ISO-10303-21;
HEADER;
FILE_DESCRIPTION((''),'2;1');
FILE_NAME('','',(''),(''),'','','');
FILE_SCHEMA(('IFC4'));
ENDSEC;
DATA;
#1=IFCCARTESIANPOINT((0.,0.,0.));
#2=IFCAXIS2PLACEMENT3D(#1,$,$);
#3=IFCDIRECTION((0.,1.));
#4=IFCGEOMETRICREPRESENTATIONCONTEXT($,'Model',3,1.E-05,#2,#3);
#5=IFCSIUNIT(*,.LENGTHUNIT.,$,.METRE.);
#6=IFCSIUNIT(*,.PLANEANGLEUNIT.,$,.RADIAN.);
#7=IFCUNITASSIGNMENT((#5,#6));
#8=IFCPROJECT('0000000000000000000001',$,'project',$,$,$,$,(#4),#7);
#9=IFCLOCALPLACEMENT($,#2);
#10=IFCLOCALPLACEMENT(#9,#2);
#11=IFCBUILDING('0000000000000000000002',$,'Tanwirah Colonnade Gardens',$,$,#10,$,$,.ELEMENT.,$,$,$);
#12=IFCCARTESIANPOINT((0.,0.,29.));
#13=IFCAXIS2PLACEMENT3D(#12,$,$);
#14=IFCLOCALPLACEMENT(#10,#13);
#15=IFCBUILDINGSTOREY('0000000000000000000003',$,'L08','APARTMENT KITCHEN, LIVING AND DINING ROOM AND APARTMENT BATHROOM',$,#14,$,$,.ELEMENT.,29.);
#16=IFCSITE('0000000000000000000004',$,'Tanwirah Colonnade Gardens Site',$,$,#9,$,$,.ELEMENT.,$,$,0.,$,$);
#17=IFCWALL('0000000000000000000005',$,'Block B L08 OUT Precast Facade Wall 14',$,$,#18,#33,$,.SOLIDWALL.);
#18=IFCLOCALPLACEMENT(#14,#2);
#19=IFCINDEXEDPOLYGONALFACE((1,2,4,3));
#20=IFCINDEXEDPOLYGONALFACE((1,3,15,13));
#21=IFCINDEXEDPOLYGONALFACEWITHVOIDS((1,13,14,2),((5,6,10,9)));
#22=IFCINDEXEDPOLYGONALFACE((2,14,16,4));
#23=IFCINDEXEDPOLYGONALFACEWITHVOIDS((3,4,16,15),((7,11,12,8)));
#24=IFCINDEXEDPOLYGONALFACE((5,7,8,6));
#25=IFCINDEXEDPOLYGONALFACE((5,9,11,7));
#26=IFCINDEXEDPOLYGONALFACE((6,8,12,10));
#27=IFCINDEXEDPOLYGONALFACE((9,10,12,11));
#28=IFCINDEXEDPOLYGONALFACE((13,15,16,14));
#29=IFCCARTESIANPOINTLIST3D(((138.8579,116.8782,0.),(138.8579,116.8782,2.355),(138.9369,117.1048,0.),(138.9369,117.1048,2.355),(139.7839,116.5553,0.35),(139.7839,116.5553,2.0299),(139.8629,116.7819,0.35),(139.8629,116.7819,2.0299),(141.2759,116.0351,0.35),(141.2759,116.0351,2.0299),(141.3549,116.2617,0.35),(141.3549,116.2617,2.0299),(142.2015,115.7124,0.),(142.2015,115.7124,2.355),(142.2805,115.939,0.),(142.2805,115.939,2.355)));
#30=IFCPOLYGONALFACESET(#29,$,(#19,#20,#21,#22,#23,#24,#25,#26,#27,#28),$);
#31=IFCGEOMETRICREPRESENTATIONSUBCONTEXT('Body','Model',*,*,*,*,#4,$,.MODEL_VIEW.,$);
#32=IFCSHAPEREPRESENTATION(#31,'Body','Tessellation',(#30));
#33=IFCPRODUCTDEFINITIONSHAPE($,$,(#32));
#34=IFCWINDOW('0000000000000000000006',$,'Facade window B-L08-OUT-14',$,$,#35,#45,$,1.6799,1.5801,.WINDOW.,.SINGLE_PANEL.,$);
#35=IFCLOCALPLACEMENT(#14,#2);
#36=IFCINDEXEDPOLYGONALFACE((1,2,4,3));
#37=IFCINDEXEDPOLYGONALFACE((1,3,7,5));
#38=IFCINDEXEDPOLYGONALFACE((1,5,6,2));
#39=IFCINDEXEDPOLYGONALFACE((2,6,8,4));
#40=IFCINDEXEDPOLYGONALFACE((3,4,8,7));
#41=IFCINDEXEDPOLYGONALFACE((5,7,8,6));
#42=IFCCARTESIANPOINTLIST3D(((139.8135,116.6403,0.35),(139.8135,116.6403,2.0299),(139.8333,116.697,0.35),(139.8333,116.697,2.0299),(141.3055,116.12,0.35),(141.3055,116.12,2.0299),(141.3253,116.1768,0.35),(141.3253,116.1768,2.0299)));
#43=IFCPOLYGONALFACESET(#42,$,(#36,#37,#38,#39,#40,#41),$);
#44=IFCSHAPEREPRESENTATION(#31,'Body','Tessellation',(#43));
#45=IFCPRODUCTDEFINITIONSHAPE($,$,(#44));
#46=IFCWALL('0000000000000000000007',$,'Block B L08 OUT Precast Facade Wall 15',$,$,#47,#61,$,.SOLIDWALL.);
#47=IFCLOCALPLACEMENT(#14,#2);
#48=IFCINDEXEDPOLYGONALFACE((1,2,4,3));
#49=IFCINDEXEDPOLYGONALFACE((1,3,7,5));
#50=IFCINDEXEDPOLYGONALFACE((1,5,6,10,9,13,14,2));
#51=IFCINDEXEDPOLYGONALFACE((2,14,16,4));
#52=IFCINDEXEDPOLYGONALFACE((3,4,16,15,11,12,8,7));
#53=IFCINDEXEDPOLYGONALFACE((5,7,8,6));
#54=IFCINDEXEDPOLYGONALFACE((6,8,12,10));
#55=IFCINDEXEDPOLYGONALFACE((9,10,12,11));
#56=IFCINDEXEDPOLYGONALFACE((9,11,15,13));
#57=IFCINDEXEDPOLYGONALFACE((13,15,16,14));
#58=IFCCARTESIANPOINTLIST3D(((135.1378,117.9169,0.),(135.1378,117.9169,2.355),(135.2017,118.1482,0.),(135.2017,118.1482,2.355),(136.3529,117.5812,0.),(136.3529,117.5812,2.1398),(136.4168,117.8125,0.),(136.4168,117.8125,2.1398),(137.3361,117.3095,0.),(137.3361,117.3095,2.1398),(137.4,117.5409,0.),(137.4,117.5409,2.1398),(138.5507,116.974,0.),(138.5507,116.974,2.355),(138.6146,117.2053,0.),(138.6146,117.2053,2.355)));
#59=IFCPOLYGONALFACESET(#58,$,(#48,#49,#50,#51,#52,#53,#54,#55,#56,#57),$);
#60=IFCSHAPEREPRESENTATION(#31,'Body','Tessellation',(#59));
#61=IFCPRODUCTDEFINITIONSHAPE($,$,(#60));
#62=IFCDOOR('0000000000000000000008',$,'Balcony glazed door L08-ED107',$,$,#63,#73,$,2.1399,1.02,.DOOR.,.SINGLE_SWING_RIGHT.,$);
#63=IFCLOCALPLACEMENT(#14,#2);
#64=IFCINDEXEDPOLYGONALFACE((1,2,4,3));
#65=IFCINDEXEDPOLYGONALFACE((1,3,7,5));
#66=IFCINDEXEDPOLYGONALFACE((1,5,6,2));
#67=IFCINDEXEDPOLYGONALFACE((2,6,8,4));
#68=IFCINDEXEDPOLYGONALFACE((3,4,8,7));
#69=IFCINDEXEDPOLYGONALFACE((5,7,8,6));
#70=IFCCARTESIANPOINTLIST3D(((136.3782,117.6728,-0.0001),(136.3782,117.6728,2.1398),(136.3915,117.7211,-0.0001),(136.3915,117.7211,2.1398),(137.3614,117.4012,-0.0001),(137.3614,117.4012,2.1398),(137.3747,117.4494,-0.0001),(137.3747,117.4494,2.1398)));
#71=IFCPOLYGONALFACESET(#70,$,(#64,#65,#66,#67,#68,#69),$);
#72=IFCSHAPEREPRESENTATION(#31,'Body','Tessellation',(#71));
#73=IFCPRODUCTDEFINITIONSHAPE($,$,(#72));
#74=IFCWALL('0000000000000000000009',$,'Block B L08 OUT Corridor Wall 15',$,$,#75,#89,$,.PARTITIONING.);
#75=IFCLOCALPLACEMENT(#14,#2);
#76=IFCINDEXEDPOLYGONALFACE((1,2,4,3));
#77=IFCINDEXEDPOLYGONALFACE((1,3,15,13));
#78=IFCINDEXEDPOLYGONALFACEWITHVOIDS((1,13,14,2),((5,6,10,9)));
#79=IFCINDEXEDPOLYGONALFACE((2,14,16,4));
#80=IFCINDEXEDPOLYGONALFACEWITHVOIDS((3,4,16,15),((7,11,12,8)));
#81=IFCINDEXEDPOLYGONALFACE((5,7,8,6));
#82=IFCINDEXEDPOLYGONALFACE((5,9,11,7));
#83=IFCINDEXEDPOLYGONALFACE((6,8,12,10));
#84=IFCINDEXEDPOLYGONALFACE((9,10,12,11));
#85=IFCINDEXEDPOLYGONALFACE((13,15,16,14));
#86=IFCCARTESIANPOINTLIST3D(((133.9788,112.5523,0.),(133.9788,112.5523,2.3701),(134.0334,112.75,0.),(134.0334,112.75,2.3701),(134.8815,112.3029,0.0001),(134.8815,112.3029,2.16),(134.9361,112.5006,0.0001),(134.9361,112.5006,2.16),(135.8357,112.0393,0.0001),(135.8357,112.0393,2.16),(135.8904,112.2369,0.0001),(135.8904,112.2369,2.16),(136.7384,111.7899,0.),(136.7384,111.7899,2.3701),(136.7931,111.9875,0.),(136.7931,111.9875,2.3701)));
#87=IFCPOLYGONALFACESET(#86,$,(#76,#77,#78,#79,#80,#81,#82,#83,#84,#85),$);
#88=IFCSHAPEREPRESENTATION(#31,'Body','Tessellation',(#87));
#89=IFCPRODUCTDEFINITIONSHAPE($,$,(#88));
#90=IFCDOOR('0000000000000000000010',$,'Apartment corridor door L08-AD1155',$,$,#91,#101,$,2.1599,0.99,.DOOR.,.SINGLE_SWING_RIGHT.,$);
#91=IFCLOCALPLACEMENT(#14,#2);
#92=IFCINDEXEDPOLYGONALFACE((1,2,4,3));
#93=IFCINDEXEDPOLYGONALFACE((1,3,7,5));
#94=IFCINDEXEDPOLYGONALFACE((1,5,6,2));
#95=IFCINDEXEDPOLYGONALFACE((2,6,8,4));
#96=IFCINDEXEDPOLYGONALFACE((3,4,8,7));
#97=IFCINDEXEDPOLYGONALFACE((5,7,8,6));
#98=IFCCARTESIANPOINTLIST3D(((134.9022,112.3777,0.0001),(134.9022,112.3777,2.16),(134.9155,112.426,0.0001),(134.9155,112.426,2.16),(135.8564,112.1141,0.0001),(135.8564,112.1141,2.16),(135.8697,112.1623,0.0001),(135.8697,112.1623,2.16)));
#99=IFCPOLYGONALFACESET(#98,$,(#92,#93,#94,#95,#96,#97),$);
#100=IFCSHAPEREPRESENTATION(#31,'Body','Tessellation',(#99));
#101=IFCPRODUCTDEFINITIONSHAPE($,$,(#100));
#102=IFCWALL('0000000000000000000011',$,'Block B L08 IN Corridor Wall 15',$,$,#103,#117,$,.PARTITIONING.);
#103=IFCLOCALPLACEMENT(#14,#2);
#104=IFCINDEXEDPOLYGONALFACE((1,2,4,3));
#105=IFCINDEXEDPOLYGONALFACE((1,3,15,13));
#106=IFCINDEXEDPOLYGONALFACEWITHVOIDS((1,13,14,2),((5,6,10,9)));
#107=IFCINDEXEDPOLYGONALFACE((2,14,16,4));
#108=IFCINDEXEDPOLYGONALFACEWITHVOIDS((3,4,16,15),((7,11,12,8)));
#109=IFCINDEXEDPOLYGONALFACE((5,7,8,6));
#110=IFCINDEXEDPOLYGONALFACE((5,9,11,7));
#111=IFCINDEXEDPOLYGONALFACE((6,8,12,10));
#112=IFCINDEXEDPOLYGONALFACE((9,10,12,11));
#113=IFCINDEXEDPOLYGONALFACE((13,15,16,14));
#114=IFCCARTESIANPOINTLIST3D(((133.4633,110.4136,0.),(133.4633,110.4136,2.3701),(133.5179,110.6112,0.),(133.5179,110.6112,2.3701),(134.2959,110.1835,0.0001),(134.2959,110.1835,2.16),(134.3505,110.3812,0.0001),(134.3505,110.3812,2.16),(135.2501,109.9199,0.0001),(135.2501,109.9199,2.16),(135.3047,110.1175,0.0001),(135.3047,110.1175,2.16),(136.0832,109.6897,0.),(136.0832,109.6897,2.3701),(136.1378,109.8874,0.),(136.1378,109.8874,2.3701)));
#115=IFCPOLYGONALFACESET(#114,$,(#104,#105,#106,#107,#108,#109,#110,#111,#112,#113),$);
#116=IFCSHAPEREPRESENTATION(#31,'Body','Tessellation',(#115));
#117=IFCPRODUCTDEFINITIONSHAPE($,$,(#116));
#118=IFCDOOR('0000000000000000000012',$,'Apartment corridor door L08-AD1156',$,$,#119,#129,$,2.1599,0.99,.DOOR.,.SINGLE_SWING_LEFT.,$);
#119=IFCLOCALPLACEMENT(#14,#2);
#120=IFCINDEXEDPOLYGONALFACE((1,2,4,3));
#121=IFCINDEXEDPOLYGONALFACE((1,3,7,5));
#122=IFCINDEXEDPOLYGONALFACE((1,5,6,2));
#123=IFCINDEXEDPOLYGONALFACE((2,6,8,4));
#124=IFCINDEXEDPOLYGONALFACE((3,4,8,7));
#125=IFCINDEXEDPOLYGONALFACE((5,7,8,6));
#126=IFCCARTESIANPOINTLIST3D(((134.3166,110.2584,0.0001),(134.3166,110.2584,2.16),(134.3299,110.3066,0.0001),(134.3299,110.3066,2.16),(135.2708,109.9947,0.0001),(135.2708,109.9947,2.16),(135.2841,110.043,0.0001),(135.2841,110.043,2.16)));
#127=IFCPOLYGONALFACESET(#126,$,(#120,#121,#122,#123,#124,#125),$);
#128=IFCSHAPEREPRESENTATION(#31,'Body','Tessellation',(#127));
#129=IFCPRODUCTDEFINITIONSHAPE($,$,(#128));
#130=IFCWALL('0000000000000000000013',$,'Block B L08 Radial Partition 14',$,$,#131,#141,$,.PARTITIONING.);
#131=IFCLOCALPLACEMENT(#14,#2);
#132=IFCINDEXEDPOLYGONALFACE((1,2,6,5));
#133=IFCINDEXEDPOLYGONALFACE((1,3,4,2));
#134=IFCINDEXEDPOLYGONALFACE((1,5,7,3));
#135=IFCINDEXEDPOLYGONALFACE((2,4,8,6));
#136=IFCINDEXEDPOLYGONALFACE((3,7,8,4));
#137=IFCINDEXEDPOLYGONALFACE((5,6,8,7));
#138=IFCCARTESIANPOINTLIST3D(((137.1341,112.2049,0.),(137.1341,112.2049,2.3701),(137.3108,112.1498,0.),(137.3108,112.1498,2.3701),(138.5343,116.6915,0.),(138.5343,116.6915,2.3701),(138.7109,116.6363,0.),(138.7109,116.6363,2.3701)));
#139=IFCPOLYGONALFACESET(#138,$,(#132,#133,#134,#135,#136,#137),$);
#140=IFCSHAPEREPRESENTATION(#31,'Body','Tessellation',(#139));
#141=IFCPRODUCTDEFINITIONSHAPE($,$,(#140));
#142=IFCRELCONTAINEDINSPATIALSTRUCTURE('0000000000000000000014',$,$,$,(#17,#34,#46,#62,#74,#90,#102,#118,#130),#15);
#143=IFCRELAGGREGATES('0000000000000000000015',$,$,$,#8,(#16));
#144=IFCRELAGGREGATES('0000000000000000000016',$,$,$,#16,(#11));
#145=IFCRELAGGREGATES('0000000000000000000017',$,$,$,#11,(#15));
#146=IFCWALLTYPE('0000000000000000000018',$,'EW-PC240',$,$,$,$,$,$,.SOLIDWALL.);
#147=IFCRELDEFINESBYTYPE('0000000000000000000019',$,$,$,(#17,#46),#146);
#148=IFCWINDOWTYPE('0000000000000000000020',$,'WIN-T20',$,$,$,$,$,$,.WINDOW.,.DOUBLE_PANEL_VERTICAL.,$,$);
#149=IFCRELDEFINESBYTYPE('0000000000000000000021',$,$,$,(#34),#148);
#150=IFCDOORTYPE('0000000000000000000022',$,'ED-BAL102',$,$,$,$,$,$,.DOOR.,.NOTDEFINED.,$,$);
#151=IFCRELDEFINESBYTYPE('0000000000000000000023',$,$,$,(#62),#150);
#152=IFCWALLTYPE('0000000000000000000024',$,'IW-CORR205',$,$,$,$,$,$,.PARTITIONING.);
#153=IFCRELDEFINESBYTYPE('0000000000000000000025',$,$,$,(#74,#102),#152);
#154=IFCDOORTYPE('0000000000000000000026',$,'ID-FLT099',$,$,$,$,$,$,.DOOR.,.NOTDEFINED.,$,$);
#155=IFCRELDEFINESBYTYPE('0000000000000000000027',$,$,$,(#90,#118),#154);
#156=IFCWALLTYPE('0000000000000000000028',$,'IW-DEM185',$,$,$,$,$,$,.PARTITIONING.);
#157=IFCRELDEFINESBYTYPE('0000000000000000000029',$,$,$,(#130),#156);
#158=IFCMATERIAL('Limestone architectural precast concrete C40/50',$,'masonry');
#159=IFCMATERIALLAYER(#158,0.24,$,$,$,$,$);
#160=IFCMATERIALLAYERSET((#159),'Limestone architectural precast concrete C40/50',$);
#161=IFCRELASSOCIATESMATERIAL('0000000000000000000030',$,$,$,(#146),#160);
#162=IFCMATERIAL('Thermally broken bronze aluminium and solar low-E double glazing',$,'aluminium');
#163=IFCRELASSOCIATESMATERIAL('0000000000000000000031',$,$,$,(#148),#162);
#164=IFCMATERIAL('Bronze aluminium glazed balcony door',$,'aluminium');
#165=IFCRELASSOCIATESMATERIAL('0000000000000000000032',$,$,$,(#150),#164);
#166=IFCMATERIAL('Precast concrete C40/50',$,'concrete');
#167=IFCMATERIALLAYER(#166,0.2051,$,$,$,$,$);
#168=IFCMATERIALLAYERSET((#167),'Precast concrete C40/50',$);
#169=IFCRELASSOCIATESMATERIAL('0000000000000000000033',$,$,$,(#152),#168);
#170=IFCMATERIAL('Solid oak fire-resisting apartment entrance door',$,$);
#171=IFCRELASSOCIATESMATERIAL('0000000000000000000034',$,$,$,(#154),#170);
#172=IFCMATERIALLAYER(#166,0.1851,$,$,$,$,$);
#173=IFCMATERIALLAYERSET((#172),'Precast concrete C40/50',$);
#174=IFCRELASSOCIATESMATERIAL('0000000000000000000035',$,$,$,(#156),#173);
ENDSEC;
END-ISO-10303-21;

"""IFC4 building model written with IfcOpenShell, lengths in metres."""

from ifc_helpers import new_model, si_unit, direction, frame, frame_2d, origin, place, context, subcontext, project, spatial, rectangle, extrude, material, layer, layer_set, type_object, element, fill, save


model = new_model("IFC4")

# Units and contexts
model_context = context("Model", 3, precision=1e-05, world=origin(), true_north=direction((0.0, 1.0)))
body_context = subcontext(model_context, "Body", "Model", "MODEL_VIEW")
ifc_project = project(units=[si_unit("LENGTHUNIT", "METRE"), si_unit("PLANEANGLEUNIT", "RADIAN")], contexts=[model_context])

# Site, building, storey
site_placement = place(None, origin())
site = spatial("IfcSite", under=ifc_project, at=site_placement, Name="Tanwirah Colonnade Gardens Site", CompositionType="ELEMENT", RefElevation=0.0)
building_placement = place(site_placement, origin())
building = spatial("IfcBuilding", under=site, at=building_placement, Name="Tanwirah Colonnade Gardens", CompositionType="ELEMENT")
storey_placement = place(building_placement, frame((0.0, 0.0, 29.0)))
storey = spatial("IfcBuildingStorey", under=building, at=storey_placement, Name="L08", Description="APARTMENT KITCHEN, LIVING AND DINING ROOM AND APARTMENT BATHROOM", CompositionType="ELEMENT", Elevation=29.0)

# Shared definitions
ifc_material_1 = material(Name="Precast concrete C40/50", Category="concrete")

# Wall, opening, window
ifc_material_2 = material(Name="Limestone architectural precast concrete C40/50", Category="masonry")
ifc_layer_1 = layer(ifc_material_2, 0.24)
ifc_layer_set_1 = layer_set([ifc_layer_1], Name="Limestone architectural precast concrete C40/50")
wall_type_1 = type_object("IfcWallType", Name="EW-PC240", PredefinedType="SOLIDWALL", material=ifc_layer_set_1)
wall_1_placement = place(storey_placement, frame((142.241, 115.8257, 0.0), z_axis=(0.0, 0.0, 1.0), x_axis=(-0.94425, 0.329229, 0.0)))
wall_1 = element("IfcWall", 1, at=wall_1_placement, inside=storey, type_object=wall_type_1, Name="Block B L08 OUT Precast Facade Wall 14", PredefinedType="SOLIDWALL", context=body_context, shape_type="SweptSolid", body=[
    extrude(rectangle(XDim=3.541, YDim=0.24, at=frame_2d((1.7705, 0.0))), origin(), (0.0, 0.0, 1.0), 2.355),
])
opening_1_placement = place(wall_1_placement, frame((0.9802, 0.0, 0.3501)))
opening_1 = element("IfcOpeningElement", 2, at=opening_1_placement, cuts=wall_1, PredefinedType="OPENING", context=body_context, shape_type="SweptSolid", body=[
    extrude(rectangle(XDim=1.5801, YDim=1.6799, at=frame_2d((0.79, 0.8398))), frame((0.0, 0.1299, 0.0), z_axis=(0.0, -1.0, 0.0), x_axis=(1.0, 0.0, 0.0)), (0.0, 0.0, 1.0), 0.26),
])
ifc_material_3 = material(Name="Thermally broken bronze aluminium and solar low-E double glazing", Category="aluminium")
window_type = type_object("IfcWindowType", Name="WIN-T20", PartitioningType="DOUBLE_PANEL_VERTICAL", PredefinedType="WINDOW", material=ifc_material_3)
window_placement = place(opening_1_placement, origin())
window = element("IfcWindow", 3, at=window_placement, inside=storey, type_object=window_type, Name="Facade window B-L08-OUT-14", OverallHeight=1.6799, OverallWidth=1.5801, PartitioningType="SINGLE_PANEL", PredefinedType="WINDOW", context=body_context, shape_type="SweptSolid", body=[
    extrude(rectangle(XDim=1.5801, YDim=1.6799, at=frame_2d((0.79, 0.8398))), frame((0.0, 0.03, 0.0), z_axis=(0.0, -1.0, 0.0), x_axis=(1.0, 0.0, 0.0)), (0.0, 0.0, 1.0), 0.0601),
])
fill(opening_1, window)

# Walls, openings, doors
wall_2_placement = place(storey_placement, frame((138.5828, 117.0896, 0.0), z_axis=(0.0, 0.0, 1.0), x_axis=(-0.963891, 0.266296, 0.0)))
wall_2 = element("IfcWall", 4, at=wall_2_placement, inside=storey, type_object=wall_type_1, Name="Block B L08 OUT Precast Facade Wall 15", PredefinedType="SOLIDWALL", context=body_context, shape_type="SweptSolid", body=[
    extrude(rectangle(XDim=3.5408, YDim=0.24, at=frame_2d((1.7705, 0.0))), origin(), (0.0, 0.0, 1.0), 2.355),
])
opening_2_placement = place(wall_2_placement, frame((1.2603, 0.0, 0.0)))
opening_2 = element("IfcOpeningElement", 5, at=opening_2_placement, cuts=wall_2, PredefinedType="OPENING", context=body_context, shape_type="SweptSolid", body=[
    extrude(rectangle(XDim=1.02, YDim=2.1399, at=frame_2d((0.51, 1.0698))), frame((0.0, 0.1299, 0.0), z_axis=(0.0, -1.0, 0.0), x_axis=(1.0, 0.0, 0.0)), (0.0, 0.0, 1.0), 0.26),
])
ifc_material_4 = material(Name="Bronze aluminium glazed balcony door", Category="aluminium")
door_type_1 = type_object("IfcDoorType", Name="ED-BAL102", OperationType="NOTDEFINED", PredefinedType="DOOR", material=ifc_material_4)
door_1_placement = place(opening_2_placement, origin())
door_1 = element("IfcDoor", 6, at=door_1_placement, inside=storey, type_object=door_type_1, Name="Balcony glazed door L08-ED107", OperationType="SINGLE_SWING_RIGHT", OverallHeight=2.1399, OverallWidth=1.02, PredefinedType="DOOR", context=body_context, shape_type="SweptSolid", body=[
    extrude(rectangle(XDim=1.02, YDim=2.1399, at=frame_2d((0.51, 1.0698))), frame((0.0, 0.0249, 0.0), z_axis=(0.0, -1.0, 0.0), x_axis=(1.0, 0.0, 0.0)), (0.0, 0.0, 1.0), 0.05),
])
fill(opening_2, door_1)
ifc_layer_2 = layer(ifc_material_1, 0.2051)
ifc_layer_set_2 = layer_set([ifc_layer_2], Name="Precast concrete C40/50")
wall_type_2 = type_object("IfcWallType", Name="IW-CORR205", PredefinedType="PARTITIONING", material=ifc_layer_set_2)
ifc_material_5 = material(Name="Solid oak fire-resisting apartment entrance door")
wall_3_placement = place(storey_placement, frame((136.7659, 111.8887, 0.0), z_axis=(0.0, 0.0, 1.0), x_axis=(-0.963891, 0.266298, 0.0)))
wall_3 = element("IfcWall", 7, at=wall_3_placement, inside=storey, type_object=wall_type_2, Name="Block B L08 OUT Corridor Wall 15", PredefinedType="PARTITIONING", context=body_context, shape_type="SweptSolid", body=[
    extrude(rectangle(XDim=2.863, YDim=0.2051, at=frame_2d((1.4316, 0.0))), origin(), (0.0, 0.0, 1.0), 2.3701),
])
opening_3_placement = place(wall_3_placement, frame((0.9365, 0.0, 0.0)))
opening_3 = element("IfcOpeningElement", 8, at=opening_3_placement, cuts=wall_3, PredefinedType="OPENING", context=body_context, shape_type="SweptSolid", body=[
    extrude(rectangle(XDim=0.99, YDim=2.1599, at=frame_2d((0.4951, 1.0801))), frame((0.0, 0.1125, 0.0), z_axis=(0.0, -1.0, 0.0), x_axis=(1.0, 0.0, 0.0)), (0.0, 0.0, 1.0), 0.2251),
])
door_type_2 = type_object("IfcDoorType", Name="ID-FLT099", OperationType="NOTDEFINED", PredefinedType="DOOR", material=ifc_material_5)
door_2_placement = place(opening_3_placement, origin())
door_2 = element("IfcDoor", 9, at=door_2_placement, inside=storey, type_object=door_type_2, Name="Apartment corridor door L08-AD1155", OperationType="SINGLE_SWING_RIGHT", OverallHeight=2.1599, OverallWidth=0.99, PredefinedType="DOOR", context=body_context, shape_type="SweptSolid", body=[
    extrude(rectangle(XDim=0.99, YDim=2.1599, at=frame_2d((0.4951, 1.0801))), frame((0.0, 0.0249, 0.0), z_axis=(0.0, -1.0, 0.0), x_axis=(1.0, 0.0, 0.0)), (0.0, 0.0, 1.0), 0.05),
])
fill(opening_3, door_2)
wall_4_placement = place(storey_placement, frame((136.1104, 109.7886, 0.0), z_axis=(0.0, 0.0, 1.0), x_axis=(-0.963884, 0.266323, 0.0)))
wall_4 = element("IfcWall", 10, at=wall_4_placement, inside=storey, type_object=wall_type_2, Name="Block B L08 IN Corridor Wall 15", PredefinedType="PARTITIONING", context=body_context, shape_type="SweptSolid", body=[
    extrude(rectangle(XDim=2.718, YDim=0.2051, at=frame_2d((1.3589, 0.0))), origin(), (0.0, 0.0, 1.0), 2.3701),
])
opening_4_placement = place(wall_4_placement, frame((0.864, 0.0, 0.0)))
opening_4 = element("IfcOpeningElement", 11, at=opening_4_placement, cuts=wall_4, PredefinedType="OPENING", context=body_context, shape_type="SweptSolid", body=[
    extrude(rectangle(XDim=0.99, YDim=2.1599, at=frame_2d((0.4951, 1.0801))), frame((0.0, 0.1125, 0.0), z_axis=(0.0, -1.0, 0.0), x_axis=(1.0, 0.0, 0.0)), (0.0, 0.0, 1.0), 0.2251),
])
door_3_placement = place(opening_4_placement, origin())
door_3 = element("IfcDoor", 12, at=door_3_placement, inside=storey, type_object=door_type_2, Name="Apartment corridor door L08-AD1156", OperationType="SINGLE_SWING_LEFT", OverallHeight=2.1599, OverallWidth=0.99, PredefinedType="DOOR", context=body_context, shape_type="SweptSolid", body=[
    extrude(rectangle(XDim=0.99, YDim=2.1599, at=frame_2d((0.4951, 1.0801))), frame((0.0, 0.0249, 0.0), z_axis=(0.0, -1.0, 0.0), x_axis=(1.0, 0.0, 0.0)), (0.0, 0.0, 1.0), 0.05),
])
fill(opening_4, door_3)

# Wall
ifc_layer_3 = layer(ifc_material_1, 0.1851)
ifc_layer_set_3 = layer_set([ifc_layer_3], Name="Precast concrete C40/50")
wall_type_3 = type_object("IfcWallType", Name="IW-DEM185", PredefinedType="PARTITIONING", material=ifc_layer_set_3)
wall_5_placement = place(storey_placement, frame((137.2224, 112.1772, 0.0), z_axis=(0.0, 0.0, 1.0), x_axis=(0.297905, 0.954595, 0.0)))
element("IfcWall", 13, at=wall_5_placement, inside=storey, type_object=wall_type_3, Name="Block B L08 Radial Partition 14", PredefinedType="PARTITIONING", context=body_context, shape_type="SweptSolid", body=[
    extrude(rectangle(XDim=4.7, YDim=0.1851, at=frame_2d((2.3501, 0.0))), origin(), (0.0, 0.0, 1.0), 2.3701),
])

save(model, "model.ifc")
